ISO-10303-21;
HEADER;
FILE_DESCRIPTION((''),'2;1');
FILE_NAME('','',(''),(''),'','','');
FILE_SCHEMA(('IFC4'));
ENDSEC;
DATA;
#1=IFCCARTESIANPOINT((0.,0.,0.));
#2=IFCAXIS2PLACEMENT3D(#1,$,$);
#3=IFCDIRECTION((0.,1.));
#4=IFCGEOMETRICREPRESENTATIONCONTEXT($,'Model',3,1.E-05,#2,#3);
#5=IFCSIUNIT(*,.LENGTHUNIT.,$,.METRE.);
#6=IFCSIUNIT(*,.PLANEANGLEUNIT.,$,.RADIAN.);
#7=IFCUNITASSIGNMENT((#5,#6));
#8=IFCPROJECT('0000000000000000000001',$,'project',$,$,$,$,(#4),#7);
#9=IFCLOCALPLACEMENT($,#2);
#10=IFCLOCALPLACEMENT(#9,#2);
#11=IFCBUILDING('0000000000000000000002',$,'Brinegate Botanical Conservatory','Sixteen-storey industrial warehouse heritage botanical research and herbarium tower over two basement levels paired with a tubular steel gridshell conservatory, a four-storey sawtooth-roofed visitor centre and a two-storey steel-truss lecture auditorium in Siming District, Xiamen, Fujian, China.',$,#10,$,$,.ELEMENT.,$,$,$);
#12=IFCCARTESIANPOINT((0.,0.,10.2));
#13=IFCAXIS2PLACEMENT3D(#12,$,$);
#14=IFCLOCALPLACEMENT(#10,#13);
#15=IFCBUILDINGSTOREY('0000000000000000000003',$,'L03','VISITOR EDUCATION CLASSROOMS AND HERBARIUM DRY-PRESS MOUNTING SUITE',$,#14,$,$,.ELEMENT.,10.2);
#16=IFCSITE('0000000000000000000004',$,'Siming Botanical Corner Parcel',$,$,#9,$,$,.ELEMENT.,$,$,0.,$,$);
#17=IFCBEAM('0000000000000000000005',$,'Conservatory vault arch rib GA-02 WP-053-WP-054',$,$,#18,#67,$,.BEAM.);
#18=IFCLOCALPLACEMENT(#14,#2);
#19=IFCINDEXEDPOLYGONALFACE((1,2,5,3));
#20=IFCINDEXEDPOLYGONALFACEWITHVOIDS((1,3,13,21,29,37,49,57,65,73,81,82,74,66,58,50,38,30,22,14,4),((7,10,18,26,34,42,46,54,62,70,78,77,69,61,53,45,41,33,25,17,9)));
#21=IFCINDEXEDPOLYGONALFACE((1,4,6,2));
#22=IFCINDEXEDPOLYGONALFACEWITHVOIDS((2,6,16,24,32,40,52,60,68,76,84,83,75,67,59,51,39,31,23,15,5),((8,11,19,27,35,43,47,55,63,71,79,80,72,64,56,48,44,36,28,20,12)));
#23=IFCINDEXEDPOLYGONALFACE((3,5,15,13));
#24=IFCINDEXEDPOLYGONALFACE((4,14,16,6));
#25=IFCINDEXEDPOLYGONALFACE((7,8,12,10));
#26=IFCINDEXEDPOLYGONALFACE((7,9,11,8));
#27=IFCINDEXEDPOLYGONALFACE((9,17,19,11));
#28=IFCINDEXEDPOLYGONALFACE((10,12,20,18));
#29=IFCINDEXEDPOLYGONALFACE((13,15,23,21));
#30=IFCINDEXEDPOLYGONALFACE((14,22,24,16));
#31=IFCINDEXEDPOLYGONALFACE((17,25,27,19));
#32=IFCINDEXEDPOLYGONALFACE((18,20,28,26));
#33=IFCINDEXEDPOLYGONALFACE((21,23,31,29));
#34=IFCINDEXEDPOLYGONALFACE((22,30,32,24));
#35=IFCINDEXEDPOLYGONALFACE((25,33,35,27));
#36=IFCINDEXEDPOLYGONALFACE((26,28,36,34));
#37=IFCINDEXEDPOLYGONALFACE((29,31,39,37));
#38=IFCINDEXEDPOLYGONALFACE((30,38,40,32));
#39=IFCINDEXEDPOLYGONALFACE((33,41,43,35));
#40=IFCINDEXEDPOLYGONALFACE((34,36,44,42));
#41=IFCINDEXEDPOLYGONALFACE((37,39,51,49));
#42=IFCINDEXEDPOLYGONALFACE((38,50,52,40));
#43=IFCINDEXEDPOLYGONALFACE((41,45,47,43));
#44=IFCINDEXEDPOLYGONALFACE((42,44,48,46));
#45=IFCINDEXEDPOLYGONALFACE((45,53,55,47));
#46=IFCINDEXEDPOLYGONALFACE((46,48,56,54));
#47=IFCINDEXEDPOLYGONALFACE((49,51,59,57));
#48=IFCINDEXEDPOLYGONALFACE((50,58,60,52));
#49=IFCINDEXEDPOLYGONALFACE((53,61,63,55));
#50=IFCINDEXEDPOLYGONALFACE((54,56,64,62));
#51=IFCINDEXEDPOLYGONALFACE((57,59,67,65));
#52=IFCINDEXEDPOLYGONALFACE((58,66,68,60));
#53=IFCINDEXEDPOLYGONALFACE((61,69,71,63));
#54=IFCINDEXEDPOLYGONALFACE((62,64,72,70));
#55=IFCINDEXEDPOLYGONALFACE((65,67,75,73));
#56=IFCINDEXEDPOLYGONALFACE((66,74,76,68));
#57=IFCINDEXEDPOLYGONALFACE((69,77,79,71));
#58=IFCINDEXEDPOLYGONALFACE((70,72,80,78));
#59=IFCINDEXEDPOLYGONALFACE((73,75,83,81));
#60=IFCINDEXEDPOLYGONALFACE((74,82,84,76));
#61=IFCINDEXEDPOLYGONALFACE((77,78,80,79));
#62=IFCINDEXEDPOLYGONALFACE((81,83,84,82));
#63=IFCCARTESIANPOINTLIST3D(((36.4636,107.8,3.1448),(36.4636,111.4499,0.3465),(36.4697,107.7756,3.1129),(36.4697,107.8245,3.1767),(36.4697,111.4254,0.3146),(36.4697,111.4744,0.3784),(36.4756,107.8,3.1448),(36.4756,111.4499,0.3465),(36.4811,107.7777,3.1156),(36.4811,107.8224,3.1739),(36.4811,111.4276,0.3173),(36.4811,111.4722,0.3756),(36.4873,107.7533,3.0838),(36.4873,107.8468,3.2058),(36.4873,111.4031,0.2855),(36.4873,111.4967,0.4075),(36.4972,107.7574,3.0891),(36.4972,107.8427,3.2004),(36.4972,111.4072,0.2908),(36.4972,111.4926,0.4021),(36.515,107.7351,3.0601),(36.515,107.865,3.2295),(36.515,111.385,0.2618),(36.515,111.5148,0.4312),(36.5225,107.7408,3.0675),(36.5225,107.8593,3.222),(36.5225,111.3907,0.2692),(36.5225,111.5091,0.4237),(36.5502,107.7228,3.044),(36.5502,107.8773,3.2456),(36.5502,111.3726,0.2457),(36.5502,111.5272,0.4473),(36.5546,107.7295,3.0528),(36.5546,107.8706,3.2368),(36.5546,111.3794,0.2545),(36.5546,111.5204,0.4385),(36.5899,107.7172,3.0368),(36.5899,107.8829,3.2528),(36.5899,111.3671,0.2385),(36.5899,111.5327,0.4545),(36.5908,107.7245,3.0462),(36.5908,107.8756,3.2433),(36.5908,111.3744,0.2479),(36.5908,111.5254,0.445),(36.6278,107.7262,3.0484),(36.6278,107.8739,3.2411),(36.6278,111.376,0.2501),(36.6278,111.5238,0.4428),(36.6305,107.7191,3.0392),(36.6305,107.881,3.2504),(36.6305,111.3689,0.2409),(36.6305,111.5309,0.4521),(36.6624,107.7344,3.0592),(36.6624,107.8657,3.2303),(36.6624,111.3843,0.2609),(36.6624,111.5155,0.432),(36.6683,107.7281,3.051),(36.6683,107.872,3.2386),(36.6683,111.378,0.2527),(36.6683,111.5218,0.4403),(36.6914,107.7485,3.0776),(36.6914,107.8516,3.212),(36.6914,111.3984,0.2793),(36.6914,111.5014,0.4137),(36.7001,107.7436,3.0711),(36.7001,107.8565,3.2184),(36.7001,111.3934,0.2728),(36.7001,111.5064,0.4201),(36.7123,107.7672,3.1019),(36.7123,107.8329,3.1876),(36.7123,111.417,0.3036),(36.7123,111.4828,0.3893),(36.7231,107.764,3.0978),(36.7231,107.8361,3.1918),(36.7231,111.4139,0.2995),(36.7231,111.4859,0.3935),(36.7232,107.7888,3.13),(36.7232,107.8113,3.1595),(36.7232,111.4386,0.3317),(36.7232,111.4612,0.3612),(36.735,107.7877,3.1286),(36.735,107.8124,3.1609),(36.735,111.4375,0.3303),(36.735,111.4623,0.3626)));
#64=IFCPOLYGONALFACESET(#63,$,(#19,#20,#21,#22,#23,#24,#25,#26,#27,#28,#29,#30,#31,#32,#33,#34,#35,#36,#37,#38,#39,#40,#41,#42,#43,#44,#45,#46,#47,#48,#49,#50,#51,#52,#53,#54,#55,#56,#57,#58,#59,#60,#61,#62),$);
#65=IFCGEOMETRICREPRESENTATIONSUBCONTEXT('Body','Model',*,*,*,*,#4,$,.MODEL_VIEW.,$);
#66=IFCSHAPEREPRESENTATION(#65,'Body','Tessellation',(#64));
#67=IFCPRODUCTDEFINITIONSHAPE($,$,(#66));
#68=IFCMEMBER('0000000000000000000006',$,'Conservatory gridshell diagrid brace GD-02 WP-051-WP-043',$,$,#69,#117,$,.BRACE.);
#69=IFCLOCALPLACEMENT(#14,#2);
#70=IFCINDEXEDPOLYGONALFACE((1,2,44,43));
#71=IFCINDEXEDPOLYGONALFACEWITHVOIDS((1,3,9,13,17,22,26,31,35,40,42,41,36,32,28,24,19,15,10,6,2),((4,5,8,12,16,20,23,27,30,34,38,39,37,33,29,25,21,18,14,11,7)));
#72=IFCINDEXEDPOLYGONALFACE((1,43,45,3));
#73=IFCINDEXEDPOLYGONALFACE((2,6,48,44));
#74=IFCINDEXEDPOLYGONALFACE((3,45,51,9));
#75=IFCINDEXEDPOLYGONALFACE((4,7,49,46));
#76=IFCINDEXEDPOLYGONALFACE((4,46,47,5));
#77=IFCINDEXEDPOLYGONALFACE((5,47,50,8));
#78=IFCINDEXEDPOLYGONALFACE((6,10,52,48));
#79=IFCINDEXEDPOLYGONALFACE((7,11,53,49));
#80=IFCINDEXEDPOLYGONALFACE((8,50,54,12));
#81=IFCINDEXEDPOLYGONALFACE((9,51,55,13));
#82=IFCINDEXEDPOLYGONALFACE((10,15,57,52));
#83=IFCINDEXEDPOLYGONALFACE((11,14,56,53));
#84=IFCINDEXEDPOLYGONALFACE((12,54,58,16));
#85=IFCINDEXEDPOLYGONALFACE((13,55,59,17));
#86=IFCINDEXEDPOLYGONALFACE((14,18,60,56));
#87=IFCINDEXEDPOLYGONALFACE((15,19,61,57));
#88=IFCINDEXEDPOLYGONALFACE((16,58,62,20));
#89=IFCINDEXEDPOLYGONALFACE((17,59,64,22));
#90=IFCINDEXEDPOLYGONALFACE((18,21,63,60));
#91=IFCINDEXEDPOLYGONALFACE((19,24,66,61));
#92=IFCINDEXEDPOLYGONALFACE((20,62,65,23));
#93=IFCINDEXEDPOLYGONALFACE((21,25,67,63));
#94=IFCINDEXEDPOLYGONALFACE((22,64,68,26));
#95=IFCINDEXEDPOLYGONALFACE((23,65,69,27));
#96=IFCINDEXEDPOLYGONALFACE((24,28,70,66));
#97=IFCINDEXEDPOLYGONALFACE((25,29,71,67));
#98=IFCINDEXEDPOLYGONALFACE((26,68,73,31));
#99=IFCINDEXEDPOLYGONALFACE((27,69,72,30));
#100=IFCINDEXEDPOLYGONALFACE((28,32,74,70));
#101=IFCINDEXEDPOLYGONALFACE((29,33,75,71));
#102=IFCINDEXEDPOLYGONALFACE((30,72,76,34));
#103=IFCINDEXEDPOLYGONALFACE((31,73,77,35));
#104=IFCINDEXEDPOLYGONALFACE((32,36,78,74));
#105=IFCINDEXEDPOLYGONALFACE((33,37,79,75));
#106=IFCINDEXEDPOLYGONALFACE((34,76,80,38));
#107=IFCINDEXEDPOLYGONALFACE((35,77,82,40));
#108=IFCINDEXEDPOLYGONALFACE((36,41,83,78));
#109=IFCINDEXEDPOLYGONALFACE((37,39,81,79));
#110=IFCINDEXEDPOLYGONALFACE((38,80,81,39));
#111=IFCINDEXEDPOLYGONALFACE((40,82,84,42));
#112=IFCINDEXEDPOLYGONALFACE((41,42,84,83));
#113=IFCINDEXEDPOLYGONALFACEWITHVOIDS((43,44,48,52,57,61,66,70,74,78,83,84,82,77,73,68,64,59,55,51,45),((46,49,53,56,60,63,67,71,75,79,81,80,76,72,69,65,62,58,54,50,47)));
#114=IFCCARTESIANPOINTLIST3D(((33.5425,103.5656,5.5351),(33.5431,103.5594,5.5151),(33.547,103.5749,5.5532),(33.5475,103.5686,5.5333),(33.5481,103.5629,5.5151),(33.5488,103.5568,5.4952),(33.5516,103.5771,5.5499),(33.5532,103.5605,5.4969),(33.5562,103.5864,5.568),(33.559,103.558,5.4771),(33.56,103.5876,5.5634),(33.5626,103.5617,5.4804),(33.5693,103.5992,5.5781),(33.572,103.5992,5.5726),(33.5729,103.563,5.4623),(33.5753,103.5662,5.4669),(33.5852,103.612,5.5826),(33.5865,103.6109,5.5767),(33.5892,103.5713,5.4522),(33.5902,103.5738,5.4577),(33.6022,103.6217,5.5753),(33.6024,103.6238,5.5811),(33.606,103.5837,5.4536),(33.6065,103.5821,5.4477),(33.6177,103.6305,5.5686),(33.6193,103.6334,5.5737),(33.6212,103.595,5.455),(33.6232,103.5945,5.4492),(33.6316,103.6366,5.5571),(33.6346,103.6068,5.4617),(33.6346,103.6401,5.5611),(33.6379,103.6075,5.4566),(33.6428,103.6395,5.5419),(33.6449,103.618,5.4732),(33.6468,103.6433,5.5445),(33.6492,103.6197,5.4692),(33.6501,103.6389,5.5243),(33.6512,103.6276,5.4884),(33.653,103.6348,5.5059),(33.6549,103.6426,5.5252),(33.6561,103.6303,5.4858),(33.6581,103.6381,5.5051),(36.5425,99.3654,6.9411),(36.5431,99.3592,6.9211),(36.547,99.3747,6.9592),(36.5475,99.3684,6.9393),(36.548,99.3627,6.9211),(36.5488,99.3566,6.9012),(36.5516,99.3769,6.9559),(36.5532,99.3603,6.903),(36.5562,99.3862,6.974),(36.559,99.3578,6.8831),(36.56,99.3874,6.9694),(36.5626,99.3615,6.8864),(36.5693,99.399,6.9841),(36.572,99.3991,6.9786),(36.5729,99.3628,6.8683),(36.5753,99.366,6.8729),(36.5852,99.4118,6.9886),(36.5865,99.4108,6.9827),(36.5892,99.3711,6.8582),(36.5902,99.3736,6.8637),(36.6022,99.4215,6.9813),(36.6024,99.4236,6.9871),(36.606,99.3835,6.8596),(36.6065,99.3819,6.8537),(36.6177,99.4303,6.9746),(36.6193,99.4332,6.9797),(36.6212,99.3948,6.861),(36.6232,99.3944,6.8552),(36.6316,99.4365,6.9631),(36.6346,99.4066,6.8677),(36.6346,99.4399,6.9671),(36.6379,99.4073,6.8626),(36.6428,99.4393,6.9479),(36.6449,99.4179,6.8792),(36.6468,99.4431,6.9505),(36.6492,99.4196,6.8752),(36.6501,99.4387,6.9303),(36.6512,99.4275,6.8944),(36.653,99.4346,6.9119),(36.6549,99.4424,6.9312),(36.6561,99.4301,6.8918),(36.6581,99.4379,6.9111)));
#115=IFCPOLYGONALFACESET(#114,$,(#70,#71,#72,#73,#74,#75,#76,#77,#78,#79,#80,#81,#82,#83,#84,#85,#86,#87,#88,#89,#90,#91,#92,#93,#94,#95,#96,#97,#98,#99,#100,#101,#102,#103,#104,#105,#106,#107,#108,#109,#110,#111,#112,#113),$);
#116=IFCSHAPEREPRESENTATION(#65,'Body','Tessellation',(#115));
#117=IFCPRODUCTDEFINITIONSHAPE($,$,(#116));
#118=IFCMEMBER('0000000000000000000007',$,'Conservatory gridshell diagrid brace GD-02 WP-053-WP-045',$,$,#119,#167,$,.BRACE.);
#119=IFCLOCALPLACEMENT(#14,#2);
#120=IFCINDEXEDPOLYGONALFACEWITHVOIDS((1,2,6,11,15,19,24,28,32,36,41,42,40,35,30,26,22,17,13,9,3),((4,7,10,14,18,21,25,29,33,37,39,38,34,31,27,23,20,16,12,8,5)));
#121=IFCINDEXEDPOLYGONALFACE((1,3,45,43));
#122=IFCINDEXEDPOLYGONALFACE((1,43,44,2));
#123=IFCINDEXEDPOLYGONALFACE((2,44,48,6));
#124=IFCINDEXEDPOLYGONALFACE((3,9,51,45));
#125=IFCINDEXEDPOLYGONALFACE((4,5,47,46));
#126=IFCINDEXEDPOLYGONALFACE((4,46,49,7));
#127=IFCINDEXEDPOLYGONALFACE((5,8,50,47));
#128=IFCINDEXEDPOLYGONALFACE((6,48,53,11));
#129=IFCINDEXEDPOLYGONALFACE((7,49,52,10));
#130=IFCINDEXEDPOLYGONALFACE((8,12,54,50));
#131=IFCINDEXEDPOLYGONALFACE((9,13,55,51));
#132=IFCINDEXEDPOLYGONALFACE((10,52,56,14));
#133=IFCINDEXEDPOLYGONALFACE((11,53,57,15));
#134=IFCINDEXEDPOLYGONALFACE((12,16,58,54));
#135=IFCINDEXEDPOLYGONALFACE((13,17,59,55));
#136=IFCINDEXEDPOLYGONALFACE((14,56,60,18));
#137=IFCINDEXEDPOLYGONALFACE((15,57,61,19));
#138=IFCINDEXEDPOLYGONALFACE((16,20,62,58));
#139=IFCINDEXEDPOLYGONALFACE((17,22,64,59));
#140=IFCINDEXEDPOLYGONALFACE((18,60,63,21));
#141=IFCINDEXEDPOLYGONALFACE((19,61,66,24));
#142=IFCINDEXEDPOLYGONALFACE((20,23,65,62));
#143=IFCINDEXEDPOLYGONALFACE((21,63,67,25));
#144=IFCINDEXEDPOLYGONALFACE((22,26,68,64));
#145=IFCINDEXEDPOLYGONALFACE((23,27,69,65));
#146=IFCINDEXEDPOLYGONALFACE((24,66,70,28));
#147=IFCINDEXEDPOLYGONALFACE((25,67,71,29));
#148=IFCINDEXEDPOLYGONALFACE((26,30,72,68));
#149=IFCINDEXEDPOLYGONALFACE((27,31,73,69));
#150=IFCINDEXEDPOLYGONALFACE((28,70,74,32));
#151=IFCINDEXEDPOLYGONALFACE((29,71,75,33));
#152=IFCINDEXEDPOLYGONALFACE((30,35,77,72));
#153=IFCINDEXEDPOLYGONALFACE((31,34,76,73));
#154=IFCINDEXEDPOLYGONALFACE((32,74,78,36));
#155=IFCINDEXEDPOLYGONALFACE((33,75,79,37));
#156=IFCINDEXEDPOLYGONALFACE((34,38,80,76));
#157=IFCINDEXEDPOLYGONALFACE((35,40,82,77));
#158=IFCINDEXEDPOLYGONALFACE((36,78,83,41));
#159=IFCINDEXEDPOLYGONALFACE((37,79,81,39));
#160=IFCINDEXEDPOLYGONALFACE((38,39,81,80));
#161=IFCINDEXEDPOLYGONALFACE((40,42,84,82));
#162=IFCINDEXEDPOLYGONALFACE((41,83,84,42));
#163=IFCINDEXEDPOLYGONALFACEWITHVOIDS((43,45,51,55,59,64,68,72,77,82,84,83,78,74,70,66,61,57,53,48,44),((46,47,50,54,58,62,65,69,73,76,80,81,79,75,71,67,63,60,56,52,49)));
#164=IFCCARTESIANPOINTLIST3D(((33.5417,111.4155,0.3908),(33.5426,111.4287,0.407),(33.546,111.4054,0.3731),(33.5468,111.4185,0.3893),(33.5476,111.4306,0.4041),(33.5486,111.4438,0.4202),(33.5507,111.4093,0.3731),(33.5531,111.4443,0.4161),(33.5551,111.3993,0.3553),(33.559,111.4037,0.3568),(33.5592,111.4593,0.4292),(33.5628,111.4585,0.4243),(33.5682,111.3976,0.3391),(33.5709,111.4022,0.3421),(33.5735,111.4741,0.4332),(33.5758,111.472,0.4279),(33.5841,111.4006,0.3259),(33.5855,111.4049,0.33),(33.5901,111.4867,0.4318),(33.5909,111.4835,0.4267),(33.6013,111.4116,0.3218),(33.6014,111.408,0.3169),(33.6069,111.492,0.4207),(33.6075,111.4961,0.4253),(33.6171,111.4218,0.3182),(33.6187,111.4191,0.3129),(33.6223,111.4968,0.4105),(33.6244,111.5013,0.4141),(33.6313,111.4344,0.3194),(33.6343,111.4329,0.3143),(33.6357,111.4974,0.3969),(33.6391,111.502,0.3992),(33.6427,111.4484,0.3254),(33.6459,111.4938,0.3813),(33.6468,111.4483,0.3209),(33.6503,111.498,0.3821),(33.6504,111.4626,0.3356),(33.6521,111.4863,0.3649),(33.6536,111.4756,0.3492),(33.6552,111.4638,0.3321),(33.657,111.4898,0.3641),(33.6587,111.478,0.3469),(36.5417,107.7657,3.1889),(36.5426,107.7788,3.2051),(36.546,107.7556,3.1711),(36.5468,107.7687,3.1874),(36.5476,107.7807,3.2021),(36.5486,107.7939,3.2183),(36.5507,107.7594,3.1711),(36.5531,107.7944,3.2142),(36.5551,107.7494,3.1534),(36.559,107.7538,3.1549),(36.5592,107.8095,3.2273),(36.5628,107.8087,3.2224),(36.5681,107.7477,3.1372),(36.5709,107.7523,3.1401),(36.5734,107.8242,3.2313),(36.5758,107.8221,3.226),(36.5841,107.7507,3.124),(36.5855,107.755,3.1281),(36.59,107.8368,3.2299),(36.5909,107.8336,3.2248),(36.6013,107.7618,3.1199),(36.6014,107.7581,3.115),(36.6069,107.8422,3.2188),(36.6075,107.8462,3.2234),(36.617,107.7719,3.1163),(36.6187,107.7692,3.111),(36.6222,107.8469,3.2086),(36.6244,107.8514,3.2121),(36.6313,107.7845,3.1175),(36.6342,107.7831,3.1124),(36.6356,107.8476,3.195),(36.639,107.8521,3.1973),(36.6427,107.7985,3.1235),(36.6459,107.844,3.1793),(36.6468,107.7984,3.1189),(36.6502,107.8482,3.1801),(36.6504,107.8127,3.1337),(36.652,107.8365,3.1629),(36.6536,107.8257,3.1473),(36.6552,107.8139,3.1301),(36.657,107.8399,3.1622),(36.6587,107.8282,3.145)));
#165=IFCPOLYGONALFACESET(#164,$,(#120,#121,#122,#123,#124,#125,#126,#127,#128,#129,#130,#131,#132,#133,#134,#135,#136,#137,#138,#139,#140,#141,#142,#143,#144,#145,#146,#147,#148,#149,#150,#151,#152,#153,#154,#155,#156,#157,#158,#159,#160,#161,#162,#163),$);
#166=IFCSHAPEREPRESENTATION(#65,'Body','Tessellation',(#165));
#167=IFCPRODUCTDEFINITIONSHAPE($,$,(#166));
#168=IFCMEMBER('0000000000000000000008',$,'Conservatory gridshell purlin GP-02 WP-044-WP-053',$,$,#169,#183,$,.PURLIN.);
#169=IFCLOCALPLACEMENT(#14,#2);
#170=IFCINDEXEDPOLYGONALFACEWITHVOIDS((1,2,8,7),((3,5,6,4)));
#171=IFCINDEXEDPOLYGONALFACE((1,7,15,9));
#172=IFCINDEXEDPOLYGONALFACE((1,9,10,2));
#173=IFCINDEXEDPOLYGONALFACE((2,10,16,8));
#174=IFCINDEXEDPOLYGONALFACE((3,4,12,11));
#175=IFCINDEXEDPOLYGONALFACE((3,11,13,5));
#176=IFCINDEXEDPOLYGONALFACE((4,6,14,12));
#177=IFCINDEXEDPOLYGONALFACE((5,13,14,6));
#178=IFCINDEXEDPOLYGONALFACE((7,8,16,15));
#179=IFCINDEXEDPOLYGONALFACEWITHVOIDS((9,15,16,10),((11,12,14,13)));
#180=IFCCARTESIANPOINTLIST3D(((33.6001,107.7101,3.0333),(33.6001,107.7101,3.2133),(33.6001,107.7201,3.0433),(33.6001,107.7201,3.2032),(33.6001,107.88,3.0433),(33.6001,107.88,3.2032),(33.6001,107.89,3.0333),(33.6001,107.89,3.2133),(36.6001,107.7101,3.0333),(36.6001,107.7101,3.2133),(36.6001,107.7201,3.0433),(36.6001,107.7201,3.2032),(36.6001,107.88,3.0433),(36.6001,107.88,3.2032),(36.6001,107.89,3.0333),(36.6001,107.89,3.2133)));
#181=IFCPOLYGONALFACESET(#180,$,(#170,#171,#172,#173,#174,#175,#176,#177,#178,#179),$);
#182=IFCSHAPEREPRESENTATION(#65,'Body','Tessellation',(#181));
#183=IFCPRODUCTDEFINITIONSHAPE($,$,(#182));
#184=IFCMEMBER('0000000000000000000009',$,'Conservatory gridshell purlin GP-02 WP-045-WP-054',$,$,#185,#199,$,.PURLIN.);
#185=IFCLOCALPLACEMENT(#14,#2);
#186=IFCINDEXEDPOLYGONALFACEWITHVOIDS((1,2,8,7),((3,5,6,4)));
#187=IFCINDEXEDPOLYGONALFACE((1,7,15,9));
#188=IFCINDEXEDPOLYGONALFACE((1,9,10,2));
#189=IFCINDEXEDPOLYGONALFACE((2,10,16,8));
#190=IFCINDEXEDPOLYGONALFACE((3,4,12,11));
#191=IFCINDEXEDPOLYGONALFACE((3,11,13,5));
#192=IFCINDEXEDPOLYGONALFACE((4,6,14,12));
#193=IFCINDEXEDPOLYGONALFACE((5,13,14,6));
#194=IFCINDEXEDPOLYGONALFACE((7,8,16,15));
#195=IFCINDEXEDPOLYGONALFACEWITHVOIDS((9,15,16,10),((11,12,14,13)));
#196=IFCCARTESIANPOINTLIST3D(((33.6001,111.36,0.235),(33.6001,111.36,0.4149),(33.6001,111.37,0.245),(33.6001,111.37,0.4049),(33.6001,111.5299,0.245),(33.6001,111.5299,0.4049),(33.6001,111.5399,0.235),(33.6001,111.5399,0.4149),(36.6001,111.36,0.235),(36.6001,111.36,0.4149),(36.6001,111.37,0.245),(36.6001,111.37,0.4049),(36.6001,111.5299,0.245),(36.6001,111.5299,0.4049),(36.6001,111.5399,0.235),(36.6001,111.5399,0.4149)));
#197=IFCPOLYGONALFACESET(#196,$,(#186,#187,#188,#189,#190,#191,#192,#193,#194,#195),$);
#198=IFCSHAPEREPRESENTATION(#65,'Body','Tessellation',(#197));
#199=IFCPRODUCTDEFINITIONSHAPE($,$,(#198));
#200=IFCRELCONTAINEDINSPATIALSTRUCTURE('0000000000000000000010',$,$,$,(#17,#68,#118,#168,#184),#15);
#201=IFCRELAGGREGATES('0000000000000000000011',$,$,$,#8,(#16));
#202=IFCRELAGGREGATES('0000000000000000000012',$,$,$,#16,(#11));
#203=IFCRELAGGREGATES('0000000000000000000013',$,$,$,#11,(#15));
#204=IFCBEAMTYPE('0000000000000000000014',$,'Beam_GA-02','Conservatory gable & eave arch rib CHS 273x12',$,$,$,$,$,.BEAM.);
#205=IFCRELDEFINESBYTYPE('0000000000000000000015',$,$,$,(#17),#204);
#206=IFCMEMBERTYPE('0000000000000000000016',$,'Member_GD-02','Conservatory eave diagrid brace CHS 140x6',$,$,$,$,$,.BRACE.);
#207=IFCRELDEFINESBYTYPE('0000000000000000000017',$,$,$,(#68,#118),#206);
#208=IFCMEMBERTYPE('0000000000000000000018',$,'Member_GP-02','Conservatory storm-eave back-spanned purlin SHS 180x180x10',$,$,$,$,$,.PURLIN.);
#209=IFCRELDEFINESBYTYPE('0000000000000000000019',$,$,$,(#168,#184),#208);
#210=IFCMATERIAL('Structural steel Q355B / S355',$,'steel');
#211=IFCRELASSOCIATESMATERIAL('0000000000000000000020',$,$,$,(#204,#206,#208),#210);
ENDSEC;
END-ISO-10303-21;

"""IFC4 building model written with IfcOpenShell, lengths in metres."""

from ifc_helpers import new_model, si_unit, direction, frame, origin, origin_2d, place, context, subcontext, project, spatial, hollow_rectangle, hollow_circle, extrude, material, material_profile, profile_set, type_object, element, save


model = new_model("IFC4")

# Units and contexts
model_context = context("Model", 3, precision=1e-05, world=origin(), true_north=direction((0.0, 1.0)))
body_context = subcontext(model_context, "Body", "Model", "MODEL_VIEW")
ifc_project = project(units=[si_unit("LENGTHUNIT", "METRE"), si_unit("PLANEANGLEUNIT", "RADIAN")], contexts=[model_context])

# Site, building, storey
site_placement = place(None, origin())
site = spatial("IfcSite", under=ifc_project, at=site_placement, Name="Siming Botanical Corner Parcel", CompositionType="ELEMENT", RefElevation=0.0)
building_placement = place(site_placement, origin())
building = spatial("IfcBuilding", under=site, at=building_placement, Name="Brinegate Botanical Conservatory", Description="Sixteen-storey industrial warehouse heritage botanical research and herbarium tower over two basement levels paired with a tubular steel gridshell conservatory, a four-storey sawtooth-roofed visitor centre and a two-storey steel-truss lecture auditorium in Siming District, Xiamen, Fujian, China.", CompositionType="ELEMENT")
storey_placement = place(building_placement, frame((0.0, 0.0, 10.2)))
storey = spatial("IfcBuildingStorey", under=building, at=storey_placement, Name="L03", Description="VISITOR EDUCATION CLASSROOMS AND HERBARIUM DRY-PRESS MOUNTING SUITE", CompositionType="ELEMENT", Elevation=10.2)

# Beam
ifc_material_1 = material(Name="Structural steel Q355B / S355", Category="steel")
ifc_material_profile_1 = material_profile(ifc_material_1, hollow_circle(Radius=0.1365, WallThickness=0.012, at=origin_2d()), Name="CHS 273x12")
ifc_profile_set_1 = profile_set([ifc_material_profile_1], Name="Structural steel Q355B / S355")
beam_type_1 = type_object("IfcBeamType", Name="Beam_GA-02", Description="Conservatory gable & eave arch rib CHS 273x12", PredefinedType="BEAM", material=ifc_profile_set_1)
beam_1_placement = place(storey_placement, frame((36.6001, 107.8, 3.1448), z_axis=(0.0, 0.793598, -0.608443), x_axis=(-1.0, 0.0, 0.0)))
element("IfcBeam", 1, at=beam_1_placement, inside=storey, type_object=beam_type_1, Name="Conservatory vault arch rib GA-02 WP-053-WP-054", PredefinedType="BEAM", context=body_context, shape_type="SweptSolid", body=[
    extrude(hollow_circle(Radius=0.1365, WallThickness=0.012, at=origin_2d()), origin(), (0.0, 0.0, 1.0), 4.5991),
])

# Members
ifc_material_profile_2 = material_profile(ifc_material_1, hollow_circle(Radius=0.0701, WallThickness=0.0061, at=origin_2d()), Name="CHS 140x6")
ifc_profile_set_2 = profile_set([ifc_material_profile_2], Name="Structural steel Q355B / S355")
member_type_1 = type_object("IfcMemberType", Name="Member_GD-02", Description="Conservatory eave diagrid brace CHS 140x6", PredefinedType="BRACE", material=ifc_profile_set_2)
member_1_placement = place(storey_placement, frame((36.6001, 99.3999, 6.9211), z_axis=(-0.560787, 0.785138, -0.262823), x_axis=(-0.813746, -0.58122, 0.0)))
element("IfcMember", 2, at=member_1_placement, inside=storey, type_object=member_type_1, Name="Conservatory gridshell diagrid brace GD-02 WP-051-WP-043", PredefinedType="BRACE", context=body_context, shape_type="SweptSolid", body=[
    extrude(hollow_circle(Radius=0.0701, WallThickness=0.0061, at=origin_2d()), origin(), (0.0, 0.0, 1.0), 5.3496),
])
member_2_placement = place(storey_placement, frame((36.6001, 107.8, 3.1711), z_axis=(-0.546348, 0.664706, -0.509578), x_axis=(-0.772533, -0.634975, 0.0)))
element("IfcMember", 3, at=member_2_placement, inside=storey, type_object=member_type_1, Name="Conservatory gridshell diagrid brace GD-02 WP-053-WP-045", PredefinedType="BRACE", context=body_context, shape_type="SweptSolid", body=[
    extrude(hollow_circle(Radius=0.0701, WallThickness=0.0061, at=origin_2d()), origin(), (0.0, 0.0, 1.0), 5.491),
])
ifc_material_profile_3 = material_profile(ifc_material_1, hollow_rectangle(XDim=0.1799, YDim=0.1799, WallThickness=0.01, at=origin_2d()), Name="SHS 180x180x10")
ifc_profile_set_3 = profile_set([ifc_material_profile_3], Name="Structural steel Q355B / S355")
member_type_2 = type_object("IfcMemberType", Name="Member_GP-02", Description="Conservatory storm-eave back-spanned purlin SHS 180x180x10", PredefinedType="PURLIN", material=ifc_profile_set_3)
for number, where, z_axis, x_axis, name in (
    (4, (33.6001, 107.8, 3.1233), (1.0, 0.0, 0.0), (0.0, 1.0, 0.0), "Conservatory gridshell purlin GP-02 WP-044-WP-053"),
    (5, (33.6001, 111.45, 0.325), (1.0, 0.0, 0.0), (0.0, 1.0, 0.0), "Conservatory gridshell purlin GP-02 WP-045-WP-054"),
):
    element("IfcMember", number, at=place(storey_placement, frame(where, z_axis=z_axis, x_axis=x_axis)), inside=storey, type_object=member_type_2, Name=name, PredefinedType="PURLIN", context=body_context, shape_type="SweptSolid", body=[
        extrude(hollow_rectangle(XDim=0.1799, YDim=0.1799, WallThickness=0.01, at=origin_2d()), origin(), (0.0, 0.0, 1.0), 3.0),
    ])

save(model, "model.ifc")
